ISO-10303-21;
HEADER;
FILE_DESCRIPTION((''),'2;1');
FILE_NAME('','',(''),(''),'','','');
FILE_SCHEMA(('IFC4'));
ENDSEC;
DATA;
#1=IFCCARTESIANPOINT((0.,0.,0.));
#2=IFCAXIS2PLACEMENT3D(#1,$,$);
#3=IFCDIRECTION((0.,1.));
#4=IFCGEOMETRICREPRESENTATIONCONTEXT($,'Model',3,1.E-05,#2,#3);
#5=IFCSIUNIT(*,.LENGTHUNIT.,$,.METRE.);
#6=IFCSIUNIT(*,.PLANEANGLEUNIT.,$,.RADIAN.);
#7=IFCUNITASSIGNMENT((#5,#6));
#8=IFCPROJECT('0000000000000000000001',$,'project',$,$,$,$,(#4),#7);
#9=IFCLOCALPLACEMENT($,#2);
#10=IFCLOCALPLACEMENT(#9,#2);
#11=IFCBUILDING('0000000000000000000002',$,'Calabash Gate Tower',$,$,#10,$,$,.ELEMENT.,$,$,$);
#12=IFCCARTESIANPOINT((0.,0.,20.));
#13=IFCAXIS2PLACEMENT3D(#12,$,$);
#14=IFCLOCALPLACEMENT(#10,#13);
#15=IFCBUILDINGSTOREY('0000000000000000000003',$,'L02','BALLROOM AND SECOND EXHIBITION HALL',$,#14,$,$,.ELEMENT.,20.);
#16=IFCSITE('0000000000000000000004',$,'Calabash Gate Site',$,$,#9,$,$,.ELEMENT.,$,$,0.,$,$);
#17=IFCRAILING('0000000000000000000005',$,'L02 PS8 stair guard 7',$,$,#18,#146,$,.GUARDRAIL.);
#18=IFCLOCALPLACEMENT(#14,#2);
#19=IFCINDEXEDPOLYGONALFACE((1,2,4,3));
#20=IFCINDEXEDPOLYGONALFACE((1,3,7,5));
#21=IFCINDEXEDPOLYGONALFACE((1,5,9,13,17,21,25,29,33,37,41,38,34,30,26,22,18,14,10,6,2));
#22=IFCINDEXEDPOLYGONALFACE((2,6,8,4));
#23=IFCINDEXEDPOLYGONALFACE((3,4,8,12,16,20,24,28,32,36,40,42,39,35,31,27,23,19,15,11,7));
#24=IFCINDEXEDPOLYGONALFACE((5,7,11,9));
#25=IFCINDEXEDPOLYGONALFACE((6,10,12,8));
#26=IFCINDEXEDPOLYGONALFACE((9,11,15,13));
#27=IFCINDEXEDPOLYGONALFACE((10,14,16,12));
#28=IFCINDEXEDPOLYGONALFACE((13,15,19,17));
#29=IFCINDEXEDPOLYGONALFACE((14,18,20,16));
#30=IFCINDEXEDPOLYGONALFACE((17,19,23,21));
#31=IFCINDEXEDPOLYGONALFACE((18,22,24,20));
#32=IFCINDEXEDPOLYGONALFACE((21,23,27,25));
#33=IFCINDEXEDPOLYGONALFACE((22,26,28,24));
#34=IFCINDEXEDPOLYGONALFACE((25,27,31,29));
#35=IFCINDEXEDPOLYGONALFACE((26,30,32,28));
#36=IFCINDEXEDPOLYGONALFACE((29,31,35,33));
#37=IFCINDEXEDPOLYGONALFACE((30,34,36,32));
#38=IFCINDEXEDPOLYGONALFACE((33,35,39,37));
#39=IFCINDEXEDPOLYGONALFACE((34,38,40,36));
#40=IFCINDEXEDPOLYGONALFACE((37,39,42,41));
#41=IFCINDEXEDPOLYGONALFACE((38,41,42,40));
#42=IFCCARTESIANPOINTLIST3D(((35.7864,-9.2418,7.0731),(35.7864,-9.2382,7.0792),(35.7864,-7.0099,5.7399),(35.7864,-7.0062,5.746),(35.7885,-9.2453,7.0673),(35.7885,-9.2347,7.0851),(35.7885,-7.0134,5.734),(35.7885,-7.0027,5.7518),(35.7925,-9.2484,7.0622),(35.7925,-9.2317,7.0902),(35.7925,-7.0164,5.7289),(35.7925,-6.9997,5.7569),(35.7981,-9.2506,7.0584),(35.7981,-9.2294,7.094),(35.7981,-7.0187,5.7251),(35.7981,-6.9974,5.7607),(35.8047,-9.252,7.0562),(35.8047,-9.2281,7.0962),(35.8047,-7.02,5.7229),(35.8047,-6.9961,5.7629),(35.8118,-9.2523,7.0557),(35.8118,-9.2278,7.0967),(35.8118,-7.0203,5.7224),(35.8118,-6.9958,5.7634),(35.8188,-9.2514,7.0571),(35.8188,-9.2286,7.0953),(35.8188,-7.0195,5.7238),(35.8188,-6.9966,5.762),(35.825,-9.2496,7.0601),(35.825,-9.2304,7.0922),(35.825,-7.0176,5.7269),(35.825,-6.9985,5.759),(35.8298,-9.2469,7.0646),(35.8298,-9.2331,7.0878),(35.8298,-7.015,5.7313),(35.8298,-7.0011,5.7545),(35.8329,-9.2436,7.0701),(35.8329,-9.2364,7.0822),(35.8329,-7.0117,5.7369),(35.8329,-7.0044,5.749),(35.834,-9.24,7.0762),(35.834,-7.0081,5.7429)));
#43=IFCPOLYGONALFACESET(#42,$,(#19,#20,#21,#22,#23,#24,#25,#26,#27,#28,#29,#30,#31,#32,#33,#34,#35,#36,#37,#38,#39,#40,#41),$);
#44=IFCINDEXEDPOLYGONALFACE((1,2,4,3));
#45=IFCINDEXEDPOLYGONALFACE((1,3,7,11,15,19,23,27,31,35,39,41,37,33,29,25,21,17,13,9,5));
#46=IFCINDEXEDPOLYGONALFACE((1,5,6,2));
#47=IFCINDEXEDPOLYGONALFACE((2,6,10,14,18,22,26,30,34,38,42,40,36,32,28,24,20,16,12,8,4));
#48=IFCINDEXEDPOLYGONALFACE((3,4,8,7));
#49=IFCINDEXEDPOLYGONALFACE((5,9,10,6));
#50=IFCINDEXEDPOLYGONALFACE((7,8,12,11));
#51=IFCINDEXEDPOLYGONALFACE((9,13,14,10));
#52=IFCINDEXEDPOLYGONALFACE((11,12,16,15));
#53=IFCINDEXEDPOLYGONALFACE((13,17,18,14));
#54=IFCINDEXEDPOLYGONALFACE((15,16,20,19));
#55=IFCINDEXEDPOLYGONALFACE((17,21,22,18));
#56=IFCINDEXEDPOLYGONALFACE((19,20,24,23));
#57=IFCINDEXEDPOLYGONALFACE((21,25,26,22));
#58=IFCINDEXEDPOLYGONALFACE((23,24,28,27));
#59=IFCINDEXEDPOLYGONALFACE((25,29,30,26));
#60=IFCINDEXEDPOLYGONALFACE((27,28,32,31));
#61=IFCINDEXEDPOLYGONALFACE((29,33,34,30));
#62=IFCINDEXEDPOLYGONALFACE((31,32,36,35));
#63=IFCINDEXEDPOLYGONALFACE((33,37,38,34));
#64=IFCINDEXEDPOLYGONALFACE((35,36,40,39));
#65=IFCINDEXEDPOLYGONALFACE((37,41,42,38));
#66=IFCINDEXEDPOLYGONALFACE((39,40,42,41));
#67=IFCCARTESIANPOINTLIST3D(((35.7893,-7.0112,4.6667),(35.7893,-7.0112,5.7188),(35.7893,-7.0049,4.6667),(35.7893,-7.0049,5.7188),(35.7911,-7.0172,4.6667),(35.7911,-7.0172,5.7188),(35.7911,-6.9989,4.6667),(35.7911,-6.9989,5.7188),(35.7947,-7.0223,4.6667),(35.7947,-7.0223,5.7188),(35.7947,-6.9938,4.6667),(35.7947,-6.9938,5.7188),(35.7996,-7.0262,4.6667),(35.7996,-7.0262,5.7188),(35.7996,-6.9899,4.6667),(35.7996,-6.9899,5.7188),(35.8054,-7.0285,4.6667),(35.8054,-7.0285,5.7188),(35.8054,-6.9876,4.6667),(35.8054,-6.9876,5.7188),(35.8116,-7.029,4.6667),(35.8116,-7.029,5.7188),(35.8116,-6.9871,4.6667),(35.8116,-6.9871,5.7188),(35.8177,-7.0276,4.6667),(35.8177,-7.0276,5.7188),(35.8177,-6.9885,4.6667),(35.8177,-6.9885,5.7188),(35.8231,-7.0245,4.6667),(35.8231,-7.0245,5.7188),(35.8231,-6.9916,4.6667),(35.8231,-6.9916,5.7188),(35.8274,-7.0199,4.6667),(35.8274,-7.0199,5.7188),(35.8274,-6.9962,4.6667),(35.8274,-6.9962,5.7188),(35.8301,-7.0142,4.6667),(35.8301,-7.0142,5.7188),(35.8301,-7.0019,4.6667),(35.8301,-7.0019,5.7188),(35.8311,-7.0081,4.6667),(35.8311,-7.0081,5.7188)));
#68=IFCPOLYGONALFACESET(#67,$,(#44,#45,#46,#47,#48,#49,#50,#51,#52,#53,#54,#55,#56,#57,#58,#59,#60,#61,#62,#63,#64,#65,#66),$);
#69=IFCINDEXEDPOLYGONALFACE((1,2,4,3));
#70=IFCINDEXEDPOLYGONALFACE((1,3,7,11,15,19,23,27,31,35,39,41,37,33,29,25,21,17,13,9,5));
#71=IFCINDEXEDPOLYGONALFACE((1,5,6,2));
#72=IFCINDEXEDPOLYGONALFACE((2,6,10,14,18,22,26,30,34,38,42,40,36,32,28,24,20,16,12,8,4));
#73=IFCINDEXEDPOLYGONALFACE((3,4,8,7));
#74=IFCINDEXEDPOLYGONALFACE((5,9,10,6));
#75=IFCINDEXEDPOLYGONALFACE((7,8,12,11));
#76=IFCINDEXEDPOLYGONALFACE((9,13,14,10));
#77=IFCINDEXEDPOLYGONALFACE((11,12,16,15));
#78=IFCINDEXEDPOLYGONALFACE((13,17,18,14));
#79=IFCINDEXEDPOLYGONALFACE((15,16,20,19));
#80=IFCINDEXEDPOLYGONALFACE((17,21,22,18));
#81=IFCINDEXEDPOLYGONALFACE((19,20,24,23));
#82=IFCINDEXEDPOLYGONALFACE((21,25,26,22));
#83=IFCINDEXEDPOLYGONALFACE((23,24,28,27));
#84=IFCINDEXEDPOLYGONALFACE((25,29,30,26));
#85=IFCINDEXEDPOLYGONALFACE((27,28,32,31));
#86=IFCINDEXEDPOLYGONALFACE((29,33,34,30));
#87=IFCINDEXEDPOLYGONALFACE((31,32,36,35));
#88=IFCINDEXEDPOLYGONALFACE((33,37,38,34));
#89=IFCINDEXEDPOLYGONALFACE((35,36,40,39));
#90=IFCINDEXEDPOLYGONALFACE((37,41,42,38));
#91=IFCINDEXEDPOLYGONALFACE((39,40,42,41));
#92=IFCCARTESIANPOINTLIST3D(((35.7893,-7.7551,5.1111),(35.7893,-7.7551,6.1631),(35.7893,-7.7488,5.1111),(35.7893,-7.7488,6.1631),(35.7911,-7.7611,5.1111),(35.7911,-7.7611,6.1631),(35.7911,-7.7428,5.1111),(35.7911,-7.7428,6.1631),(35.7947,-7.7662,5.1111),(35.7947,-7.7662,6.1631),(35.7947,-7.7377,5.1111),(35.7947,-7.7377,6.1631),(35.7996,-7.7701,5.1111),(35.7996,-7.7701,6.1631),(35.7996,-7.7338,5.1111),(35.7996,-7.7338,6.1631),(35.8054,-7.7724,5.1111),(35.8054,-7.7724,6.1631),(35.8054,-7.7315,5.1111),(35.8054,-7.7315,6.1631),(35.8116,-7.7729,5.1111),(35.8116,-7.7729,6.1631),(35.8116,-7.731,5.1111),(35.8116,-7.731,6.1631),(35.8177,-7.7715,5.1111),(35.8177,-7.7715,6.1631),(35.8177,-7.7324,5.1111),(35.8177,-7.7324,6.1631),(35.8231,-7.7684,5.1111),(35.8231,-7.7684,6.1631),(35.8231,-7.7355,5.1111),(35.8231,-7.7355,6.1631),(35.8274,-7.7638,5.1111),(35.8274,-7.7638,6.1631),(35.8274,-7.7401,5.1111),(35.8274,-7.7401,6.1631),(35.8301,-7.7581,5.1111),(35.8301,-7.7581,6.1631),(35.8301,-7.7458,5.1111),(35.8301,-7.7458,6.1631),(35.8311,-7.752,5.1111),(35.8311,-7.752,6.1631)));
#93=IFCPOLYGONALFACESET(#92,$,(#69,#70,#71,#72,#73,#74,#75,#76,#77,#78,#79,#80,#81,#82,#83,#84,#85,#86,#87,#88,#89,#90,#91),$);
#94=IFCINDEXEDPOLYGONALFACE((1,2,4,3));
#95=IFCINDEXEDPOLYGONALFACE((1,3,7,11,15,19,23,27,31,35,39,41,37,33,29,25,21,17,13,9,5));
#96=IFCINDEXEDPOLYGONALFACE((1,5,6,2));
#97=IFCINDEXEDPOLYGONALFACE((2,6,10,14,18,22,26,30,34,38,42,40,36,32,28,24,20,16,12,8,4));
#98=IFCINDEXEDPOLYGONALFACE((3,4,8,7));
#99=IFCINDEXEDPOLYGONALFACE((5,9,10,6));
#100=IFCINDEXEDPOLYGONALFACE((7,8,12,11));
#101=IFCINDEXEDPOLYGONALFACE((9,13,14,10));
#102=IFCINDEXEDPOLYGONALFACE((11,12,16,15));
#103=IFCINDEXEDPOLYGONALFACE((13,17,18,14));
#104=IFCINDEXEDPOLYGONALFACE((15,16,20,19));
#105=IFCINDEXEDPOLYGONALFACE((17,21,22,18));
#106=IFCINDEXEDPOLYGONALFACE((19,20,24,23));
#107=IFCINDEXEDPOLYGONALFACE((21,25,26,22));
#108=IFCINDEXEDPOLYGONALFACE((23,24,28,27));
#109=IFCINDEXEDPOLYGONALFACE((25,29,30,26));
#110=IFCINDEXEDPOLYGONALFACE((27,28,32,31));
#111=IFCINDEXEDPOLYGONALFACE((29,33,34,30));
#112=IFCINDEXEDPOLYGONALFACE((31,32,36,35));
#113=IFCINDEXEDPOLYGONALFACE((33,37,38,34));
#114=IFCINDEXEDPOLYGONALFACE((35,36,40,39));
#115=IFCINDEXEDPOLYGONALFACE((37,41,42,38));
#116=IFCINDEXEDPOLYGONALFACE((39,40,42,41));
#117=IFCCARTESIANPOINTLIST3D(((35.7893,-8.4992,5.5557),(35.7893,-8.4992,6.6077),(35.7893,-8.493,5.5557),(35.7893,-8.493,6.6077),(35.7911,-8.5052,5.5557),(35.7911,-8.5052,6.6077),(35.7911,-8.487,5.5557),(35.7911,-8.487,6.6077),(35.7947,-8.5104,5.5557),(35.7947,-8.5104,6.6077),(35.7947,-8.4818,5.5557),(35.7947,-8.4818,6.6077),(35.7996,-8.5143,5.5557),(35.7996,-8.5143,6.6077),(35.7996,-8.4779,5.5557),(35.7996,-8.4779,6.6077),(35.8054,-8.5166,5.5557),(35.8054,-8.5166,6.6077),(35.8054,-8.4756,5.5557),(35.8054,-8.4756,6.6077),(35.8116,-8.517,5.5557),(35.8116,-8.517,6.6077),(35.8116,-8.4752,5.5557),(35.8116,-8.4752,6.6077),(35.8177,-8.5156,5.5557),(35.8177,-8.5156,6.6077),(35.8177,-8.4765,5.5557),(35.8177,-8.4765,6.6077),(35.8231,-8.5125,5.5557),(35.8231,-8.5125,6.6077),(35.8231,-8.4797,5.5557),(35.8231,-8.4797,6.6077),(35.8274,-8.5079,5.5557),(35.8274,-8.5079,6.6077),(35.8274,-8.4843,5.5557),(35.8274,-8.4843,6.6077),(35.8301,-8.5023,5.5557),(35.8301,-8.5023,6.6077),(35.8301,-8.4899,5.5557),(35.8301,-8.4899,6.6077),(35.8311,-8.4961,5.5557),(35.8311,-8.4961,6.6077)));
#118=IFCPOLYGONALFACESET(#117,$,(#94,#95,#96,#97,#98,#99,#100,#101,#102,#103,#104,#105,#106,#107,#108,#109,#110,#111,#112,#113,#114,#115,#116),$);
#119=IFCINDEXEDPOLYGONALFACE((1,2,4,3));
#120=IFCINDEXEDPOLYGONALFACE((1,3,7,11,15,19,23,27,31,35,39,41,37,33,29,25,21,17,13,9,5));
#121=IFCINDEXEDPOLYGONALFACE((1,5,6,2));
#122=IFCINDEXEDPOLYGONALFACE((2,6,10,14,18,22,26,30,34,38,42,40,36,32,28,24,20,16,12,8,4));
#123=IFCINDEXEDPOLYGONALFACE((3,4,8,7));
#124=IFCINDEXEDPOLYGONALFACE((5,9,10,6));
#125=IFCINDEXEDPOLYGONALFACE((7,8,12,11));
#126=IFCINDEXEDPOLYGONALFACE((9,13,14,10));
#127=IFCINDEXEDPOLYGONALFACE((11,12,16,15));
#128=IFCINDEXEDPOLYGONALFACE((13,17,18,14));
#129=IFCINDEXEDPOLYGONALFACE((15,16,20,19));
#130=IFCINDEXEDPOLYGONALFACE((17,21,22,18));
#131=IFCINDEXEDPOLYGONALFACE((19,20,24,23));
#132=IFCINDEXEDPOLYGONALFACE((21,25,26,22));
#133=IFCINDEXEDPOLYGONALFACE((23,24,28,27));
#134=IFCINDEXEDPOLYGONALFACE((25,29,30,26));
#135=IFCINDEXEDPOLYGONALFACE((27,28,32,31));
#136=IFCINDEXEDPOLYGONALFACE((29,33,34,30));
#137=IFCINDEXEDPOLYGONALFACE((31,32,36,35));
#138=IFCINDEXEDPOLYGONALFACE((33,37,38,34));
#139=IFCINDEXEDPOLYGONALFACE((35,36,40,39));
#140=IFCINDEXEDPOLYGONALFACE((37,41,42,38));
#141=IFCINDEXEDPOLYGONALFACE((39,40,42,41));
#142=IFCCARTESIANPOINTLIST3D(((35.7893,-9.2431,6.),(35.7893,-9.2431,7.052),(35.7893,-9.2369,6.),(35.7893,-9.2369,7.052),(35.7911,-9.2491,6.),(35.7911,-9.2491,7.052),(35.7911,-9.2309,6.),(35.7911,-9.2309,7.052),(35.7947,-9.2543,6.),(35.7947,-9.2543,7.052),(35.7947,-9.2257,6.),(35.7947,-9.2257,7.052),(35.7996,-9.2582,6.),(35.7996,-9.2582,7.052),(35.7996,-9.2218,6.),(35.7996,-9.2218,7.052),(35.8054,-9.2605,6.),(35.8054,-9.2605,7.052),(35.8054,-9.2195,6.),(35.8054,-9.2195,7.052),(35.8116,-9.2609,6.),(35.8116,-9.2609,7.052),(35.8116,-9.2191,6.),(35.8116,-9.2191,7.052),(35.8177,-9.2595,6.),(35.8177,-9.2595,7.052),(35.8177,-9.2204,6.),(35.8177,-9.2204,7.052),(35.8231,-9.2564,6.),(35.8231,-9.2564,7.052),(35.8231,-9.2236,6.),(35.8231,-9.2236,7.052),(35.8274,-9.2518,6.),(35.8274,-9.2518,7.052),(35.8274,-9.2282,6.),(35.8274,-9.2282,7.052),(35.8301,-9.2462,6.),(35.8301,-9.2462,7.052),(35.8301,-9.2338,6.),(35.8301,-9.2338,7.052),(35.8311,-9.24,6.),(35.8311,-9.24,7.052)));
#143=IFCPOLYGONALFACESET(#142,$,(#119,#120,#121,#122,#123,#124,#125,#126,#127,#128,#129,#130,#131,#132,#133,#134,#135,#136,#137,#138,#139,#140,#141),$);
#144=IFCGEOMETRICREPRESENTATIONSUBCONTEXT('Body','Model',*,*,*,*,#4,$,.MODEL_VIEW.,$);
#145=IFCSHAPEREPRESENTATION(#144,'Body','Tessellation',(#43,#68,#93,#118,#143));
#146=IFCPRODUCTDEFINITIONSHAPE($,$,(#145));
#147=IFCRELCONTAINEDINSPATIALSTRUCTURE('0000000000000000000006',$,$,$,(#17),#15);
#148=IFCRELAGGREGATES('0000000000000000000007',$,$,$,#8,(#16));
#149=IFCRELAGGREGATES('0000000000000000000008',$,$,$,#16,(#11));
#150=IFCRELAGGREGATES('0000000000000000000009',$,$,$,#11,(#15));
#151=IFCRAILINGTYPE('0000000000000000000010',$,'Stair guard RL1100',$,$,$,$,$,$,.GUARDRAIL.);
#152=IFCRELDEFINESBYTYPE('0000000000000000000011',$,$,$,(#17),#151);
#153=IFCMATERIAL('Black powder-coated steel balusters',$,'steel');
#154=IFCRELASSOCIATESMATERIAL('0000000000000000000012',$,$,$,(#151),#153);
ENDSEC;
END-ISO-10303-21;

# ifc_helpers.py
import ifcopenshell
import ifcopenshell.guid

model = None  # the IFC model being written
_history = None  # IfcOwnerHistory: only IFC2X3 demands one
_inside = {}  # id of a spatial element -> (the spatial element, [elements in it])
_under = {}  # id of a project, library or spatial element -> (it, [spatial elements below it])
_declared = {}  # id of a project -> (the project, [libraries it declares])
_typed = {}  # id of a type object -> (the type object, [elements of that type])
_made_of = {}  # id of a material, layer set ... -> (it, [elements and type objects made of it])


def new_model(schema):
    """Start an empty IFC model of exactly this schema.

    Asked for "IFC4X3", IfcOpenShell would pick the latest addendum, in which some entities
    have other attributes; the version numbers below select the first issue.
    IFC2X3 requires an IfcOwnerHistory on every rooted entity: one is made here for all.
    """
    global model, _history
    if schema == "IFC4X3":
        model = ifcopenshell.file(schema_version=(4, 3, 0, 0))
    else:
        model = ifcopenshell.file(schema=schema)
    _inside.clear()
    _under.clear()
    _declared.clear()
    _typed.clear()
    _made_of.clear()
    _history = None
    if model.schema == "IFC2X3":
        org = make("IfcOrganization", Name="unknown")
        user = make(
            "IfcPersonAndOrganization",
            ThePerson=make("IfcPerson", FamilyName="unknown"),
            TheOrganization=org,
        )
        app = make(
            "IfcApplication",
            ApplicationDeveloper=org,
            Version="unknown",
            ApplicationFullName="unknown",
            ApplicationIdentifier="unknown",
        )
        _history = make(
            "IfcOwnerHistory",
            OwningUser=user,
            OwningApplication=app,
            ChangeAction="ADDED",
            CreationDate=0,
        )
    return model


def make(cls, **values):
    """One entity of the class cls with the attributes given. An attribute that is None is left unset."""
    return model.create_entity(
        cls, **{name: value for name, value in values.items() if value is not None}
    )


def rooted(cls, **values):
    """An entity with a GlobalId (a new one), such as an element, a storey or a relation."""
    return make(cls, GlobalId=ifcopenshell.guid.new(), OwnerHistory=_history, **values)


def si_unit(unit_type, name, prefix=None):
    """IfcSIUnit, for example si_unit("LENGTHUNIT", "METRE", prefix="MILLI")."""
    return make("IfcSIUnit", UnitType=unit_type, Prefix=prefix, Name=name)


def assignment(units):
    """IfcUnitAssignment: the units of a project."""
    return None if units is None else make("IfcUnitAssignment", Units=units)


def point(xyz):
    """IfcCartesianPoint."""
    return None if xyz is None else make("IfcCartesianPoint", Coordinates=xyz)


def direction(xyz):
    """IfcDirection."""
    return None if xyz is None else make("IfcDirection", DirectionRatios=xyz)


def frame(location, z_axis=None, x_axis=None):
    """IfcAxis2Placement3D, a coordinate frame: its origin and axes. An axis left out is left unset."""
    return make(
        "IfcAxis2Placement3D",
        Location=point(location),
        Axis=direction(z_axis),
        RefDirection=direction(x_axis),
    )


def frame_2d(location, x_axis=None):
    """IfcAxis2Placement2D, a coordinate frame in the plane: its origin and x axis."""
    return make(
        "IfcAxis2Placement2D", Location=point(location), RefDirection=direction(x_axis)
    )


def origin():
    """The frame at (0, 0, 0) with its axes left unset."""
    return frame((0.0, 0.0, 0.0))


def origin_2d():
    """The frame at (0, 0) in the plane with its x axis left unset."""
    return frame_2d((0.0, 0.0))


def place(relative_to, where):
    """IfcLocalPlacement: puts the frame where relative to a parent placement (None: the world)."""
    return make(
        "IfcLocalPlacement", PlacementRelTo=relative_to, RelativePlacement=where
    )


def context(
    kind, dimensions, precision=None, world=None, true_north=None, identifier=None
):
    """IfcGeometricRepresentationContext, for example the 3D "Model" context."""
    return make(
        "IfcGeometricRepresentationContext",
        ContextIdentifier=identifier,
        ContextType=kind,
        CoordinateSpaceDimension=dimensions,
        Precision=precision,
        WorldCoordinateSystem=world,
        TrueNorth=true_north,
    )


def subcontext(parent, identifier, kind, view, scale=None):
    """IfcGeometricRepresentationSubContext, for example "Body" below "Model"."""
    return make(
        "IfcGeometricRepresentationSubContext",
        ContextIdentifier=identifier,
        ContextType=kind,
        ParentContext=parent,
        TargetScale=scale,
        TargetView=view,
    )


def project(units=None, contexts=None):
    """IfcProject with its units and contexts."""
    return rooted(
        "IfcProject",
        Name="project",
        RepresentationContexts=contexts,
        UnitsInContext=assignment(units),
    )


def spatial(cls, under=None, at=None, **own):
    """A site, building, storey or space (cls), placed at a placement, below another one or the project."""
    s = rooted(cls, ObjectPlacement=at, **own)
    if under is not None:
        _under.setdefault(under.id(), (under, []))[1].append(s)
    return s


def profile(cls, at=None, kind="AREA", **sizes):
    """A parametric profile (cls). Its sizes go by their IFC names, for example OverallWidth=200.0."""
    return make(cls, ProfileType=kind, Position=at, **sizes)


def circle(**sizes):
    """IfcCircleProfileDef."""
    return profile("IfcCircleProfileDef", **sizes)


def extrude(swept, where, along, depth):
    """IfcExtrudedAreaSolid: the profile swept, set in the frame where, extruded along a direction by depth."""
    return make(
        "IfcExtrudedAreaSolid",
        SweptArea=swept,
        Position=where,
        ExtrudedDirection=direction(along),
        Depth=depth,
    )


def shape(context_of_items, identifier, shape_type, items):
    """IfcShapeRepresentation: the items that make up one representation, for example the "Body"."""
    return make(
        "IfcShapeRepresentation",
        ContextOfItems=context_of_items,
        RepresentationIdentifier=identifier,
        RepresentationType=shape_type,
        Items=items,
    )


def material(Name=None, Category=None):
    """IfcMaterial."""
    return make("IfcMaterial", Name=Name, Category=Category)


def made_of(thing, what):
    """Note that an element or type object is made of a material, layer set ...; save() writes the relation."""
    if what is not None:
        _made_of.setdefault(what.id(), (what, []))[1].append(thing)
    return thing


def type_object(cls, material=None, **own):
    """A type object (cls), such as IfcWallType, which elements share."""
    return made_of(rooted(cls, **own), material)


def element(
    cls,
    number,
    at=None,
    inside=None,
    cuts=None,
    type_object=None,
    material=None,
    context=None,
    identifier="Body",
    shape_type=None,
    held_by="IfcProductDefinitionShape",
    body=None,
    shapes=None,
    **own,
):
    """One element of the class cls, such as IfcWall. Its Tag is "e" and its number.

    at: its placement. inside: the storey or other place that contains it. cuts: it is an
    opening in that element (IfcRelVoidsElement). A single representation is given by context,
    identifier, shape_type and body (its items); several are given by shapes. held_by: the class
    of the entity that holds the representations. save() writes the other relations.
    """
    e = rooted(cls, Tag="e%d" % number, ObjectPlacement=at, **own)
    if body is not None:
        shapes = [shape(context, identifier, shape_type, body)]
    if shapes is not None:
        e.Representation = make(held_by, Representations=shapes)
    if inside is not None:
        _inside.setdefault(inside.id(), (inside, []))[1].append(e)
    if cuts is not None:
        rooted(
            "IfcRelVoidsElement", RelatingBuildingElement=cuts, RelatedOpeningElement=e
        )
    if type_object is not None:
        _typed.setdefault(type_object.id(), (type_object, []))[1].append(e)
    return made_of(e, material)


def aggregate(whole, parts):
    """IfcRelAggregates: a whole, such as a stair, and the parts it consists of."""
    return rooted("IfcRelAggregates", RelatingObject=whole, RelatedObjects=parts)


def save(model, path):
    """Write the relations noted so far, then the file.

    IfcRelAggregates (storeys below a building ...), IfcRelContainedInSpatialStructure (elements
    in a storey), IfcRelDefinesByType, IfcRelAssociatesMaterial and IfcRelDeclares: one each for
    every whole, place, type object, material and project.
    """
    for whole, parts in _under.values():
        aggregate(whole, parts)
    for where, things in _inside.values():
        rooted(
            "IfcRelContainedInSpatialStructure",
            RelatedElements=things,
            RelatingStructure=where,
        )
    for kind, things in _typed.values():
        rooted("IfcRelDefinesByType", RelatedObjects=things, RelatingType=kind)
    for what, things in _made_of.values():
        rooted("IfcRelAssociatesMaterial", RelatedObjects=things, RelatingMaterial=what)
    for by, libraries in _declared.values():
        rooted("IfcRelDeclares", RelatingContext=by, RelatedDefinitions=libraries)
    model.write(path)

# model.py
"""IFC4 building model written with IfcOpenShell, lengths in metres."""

from ifc_helpers import new_model, si_unit, direction, frame, origin, origin_2d, place, context, subcontext, project, spatial, circle, extrude, material, type_object, element, save


model = new_model("IFC4")

# Units and contexts
model_context = context("Model", 3, precision=1e-05, world=origin(), true_north=direction((0.0, 1.0)))
body_context = subcontext(model_context, "Body", "Model", "MODEL_VIEW")
ifc_project = project(units=[si_unit("LENGTHUNIT", "METRE"), si_unit("PLANEANGLEUNIT", "RADIAN")], contexts=[model_context])

# Site, building, storey
site_placement = place(None, origin())
site = spatial("IfcSite", under=ifc_project, at=site_placement, Name="Calabash Gate Site", CompositionType="ELEMENT", RefElevation=0.0)
building_placement = place(site_placement, origin())
building = spatial("IfcBuilding", under=site, at=building_placement, Name="Calabash Gate Tower", CompositionType="ELEMENT")
storey_placement = place(building_placement, frame((0.0, 0.0, 20.0)))
storey = spatial("IfcBuildingStorey", under=building, at=storey_placement, Name="L02", Description="BALLROOM AND SECOND EXHIBITION HALL", CompositionType="ELEMENT", Elevation=20.0)

# Railing
ifc_material_1 = material(Name="Black powder-coated steel balusters", Category="steel")
railing_type_1 = type_object("IfcRailingType", Name="Stair guard RL1100", PredefinedType="GUARDRAIL", material=ifc_material_1)
railing_1_placement = place(storey_placement, frame((35.8101, -7.0081, 4.6667)))
element("IfcRailing", 1, at=railing_1_placement, inside=storey, type_object=railing_type_1, Name="L02 PS8 stair guard 7", PredefinedType="GUARDRAIL", context=body_context, shape_type="SweptSolid", body=[
    extrude(circle(Radius=0.0239, at=origin_2d()), frame((0.0, 0.0, 1.0762), z_axis=(0.0, -0.858494, 0.512824), x_axis=(1.0, 0.0, 0.0)), (0.0, 0.0, 1.0), 2.5999),
    extrude(circle(Radius=0.021, at=origin_2d()), origin(), (0.0, 0.0, 1.0), 1.052),
    extrude(circle(Radius=0.021, at=origin_2d()), frame((0.0, -0.7439, 0.4443)), (0.0, 0.0, 1.0), 1.052),
    extrude(circle(Radius=0.021, at=origin_2d()), frame((0.0, -1.488, 0.8889)), (0.0, 0.0, 1.0), 1.052),
    extrude(circle(Radius=0.021, at=origin_2d()), frame((0.0, -2.2319, 1.3333)), (0.0, 0.0, 1.0), 1.052),
])

save(model, "model.ifc")
